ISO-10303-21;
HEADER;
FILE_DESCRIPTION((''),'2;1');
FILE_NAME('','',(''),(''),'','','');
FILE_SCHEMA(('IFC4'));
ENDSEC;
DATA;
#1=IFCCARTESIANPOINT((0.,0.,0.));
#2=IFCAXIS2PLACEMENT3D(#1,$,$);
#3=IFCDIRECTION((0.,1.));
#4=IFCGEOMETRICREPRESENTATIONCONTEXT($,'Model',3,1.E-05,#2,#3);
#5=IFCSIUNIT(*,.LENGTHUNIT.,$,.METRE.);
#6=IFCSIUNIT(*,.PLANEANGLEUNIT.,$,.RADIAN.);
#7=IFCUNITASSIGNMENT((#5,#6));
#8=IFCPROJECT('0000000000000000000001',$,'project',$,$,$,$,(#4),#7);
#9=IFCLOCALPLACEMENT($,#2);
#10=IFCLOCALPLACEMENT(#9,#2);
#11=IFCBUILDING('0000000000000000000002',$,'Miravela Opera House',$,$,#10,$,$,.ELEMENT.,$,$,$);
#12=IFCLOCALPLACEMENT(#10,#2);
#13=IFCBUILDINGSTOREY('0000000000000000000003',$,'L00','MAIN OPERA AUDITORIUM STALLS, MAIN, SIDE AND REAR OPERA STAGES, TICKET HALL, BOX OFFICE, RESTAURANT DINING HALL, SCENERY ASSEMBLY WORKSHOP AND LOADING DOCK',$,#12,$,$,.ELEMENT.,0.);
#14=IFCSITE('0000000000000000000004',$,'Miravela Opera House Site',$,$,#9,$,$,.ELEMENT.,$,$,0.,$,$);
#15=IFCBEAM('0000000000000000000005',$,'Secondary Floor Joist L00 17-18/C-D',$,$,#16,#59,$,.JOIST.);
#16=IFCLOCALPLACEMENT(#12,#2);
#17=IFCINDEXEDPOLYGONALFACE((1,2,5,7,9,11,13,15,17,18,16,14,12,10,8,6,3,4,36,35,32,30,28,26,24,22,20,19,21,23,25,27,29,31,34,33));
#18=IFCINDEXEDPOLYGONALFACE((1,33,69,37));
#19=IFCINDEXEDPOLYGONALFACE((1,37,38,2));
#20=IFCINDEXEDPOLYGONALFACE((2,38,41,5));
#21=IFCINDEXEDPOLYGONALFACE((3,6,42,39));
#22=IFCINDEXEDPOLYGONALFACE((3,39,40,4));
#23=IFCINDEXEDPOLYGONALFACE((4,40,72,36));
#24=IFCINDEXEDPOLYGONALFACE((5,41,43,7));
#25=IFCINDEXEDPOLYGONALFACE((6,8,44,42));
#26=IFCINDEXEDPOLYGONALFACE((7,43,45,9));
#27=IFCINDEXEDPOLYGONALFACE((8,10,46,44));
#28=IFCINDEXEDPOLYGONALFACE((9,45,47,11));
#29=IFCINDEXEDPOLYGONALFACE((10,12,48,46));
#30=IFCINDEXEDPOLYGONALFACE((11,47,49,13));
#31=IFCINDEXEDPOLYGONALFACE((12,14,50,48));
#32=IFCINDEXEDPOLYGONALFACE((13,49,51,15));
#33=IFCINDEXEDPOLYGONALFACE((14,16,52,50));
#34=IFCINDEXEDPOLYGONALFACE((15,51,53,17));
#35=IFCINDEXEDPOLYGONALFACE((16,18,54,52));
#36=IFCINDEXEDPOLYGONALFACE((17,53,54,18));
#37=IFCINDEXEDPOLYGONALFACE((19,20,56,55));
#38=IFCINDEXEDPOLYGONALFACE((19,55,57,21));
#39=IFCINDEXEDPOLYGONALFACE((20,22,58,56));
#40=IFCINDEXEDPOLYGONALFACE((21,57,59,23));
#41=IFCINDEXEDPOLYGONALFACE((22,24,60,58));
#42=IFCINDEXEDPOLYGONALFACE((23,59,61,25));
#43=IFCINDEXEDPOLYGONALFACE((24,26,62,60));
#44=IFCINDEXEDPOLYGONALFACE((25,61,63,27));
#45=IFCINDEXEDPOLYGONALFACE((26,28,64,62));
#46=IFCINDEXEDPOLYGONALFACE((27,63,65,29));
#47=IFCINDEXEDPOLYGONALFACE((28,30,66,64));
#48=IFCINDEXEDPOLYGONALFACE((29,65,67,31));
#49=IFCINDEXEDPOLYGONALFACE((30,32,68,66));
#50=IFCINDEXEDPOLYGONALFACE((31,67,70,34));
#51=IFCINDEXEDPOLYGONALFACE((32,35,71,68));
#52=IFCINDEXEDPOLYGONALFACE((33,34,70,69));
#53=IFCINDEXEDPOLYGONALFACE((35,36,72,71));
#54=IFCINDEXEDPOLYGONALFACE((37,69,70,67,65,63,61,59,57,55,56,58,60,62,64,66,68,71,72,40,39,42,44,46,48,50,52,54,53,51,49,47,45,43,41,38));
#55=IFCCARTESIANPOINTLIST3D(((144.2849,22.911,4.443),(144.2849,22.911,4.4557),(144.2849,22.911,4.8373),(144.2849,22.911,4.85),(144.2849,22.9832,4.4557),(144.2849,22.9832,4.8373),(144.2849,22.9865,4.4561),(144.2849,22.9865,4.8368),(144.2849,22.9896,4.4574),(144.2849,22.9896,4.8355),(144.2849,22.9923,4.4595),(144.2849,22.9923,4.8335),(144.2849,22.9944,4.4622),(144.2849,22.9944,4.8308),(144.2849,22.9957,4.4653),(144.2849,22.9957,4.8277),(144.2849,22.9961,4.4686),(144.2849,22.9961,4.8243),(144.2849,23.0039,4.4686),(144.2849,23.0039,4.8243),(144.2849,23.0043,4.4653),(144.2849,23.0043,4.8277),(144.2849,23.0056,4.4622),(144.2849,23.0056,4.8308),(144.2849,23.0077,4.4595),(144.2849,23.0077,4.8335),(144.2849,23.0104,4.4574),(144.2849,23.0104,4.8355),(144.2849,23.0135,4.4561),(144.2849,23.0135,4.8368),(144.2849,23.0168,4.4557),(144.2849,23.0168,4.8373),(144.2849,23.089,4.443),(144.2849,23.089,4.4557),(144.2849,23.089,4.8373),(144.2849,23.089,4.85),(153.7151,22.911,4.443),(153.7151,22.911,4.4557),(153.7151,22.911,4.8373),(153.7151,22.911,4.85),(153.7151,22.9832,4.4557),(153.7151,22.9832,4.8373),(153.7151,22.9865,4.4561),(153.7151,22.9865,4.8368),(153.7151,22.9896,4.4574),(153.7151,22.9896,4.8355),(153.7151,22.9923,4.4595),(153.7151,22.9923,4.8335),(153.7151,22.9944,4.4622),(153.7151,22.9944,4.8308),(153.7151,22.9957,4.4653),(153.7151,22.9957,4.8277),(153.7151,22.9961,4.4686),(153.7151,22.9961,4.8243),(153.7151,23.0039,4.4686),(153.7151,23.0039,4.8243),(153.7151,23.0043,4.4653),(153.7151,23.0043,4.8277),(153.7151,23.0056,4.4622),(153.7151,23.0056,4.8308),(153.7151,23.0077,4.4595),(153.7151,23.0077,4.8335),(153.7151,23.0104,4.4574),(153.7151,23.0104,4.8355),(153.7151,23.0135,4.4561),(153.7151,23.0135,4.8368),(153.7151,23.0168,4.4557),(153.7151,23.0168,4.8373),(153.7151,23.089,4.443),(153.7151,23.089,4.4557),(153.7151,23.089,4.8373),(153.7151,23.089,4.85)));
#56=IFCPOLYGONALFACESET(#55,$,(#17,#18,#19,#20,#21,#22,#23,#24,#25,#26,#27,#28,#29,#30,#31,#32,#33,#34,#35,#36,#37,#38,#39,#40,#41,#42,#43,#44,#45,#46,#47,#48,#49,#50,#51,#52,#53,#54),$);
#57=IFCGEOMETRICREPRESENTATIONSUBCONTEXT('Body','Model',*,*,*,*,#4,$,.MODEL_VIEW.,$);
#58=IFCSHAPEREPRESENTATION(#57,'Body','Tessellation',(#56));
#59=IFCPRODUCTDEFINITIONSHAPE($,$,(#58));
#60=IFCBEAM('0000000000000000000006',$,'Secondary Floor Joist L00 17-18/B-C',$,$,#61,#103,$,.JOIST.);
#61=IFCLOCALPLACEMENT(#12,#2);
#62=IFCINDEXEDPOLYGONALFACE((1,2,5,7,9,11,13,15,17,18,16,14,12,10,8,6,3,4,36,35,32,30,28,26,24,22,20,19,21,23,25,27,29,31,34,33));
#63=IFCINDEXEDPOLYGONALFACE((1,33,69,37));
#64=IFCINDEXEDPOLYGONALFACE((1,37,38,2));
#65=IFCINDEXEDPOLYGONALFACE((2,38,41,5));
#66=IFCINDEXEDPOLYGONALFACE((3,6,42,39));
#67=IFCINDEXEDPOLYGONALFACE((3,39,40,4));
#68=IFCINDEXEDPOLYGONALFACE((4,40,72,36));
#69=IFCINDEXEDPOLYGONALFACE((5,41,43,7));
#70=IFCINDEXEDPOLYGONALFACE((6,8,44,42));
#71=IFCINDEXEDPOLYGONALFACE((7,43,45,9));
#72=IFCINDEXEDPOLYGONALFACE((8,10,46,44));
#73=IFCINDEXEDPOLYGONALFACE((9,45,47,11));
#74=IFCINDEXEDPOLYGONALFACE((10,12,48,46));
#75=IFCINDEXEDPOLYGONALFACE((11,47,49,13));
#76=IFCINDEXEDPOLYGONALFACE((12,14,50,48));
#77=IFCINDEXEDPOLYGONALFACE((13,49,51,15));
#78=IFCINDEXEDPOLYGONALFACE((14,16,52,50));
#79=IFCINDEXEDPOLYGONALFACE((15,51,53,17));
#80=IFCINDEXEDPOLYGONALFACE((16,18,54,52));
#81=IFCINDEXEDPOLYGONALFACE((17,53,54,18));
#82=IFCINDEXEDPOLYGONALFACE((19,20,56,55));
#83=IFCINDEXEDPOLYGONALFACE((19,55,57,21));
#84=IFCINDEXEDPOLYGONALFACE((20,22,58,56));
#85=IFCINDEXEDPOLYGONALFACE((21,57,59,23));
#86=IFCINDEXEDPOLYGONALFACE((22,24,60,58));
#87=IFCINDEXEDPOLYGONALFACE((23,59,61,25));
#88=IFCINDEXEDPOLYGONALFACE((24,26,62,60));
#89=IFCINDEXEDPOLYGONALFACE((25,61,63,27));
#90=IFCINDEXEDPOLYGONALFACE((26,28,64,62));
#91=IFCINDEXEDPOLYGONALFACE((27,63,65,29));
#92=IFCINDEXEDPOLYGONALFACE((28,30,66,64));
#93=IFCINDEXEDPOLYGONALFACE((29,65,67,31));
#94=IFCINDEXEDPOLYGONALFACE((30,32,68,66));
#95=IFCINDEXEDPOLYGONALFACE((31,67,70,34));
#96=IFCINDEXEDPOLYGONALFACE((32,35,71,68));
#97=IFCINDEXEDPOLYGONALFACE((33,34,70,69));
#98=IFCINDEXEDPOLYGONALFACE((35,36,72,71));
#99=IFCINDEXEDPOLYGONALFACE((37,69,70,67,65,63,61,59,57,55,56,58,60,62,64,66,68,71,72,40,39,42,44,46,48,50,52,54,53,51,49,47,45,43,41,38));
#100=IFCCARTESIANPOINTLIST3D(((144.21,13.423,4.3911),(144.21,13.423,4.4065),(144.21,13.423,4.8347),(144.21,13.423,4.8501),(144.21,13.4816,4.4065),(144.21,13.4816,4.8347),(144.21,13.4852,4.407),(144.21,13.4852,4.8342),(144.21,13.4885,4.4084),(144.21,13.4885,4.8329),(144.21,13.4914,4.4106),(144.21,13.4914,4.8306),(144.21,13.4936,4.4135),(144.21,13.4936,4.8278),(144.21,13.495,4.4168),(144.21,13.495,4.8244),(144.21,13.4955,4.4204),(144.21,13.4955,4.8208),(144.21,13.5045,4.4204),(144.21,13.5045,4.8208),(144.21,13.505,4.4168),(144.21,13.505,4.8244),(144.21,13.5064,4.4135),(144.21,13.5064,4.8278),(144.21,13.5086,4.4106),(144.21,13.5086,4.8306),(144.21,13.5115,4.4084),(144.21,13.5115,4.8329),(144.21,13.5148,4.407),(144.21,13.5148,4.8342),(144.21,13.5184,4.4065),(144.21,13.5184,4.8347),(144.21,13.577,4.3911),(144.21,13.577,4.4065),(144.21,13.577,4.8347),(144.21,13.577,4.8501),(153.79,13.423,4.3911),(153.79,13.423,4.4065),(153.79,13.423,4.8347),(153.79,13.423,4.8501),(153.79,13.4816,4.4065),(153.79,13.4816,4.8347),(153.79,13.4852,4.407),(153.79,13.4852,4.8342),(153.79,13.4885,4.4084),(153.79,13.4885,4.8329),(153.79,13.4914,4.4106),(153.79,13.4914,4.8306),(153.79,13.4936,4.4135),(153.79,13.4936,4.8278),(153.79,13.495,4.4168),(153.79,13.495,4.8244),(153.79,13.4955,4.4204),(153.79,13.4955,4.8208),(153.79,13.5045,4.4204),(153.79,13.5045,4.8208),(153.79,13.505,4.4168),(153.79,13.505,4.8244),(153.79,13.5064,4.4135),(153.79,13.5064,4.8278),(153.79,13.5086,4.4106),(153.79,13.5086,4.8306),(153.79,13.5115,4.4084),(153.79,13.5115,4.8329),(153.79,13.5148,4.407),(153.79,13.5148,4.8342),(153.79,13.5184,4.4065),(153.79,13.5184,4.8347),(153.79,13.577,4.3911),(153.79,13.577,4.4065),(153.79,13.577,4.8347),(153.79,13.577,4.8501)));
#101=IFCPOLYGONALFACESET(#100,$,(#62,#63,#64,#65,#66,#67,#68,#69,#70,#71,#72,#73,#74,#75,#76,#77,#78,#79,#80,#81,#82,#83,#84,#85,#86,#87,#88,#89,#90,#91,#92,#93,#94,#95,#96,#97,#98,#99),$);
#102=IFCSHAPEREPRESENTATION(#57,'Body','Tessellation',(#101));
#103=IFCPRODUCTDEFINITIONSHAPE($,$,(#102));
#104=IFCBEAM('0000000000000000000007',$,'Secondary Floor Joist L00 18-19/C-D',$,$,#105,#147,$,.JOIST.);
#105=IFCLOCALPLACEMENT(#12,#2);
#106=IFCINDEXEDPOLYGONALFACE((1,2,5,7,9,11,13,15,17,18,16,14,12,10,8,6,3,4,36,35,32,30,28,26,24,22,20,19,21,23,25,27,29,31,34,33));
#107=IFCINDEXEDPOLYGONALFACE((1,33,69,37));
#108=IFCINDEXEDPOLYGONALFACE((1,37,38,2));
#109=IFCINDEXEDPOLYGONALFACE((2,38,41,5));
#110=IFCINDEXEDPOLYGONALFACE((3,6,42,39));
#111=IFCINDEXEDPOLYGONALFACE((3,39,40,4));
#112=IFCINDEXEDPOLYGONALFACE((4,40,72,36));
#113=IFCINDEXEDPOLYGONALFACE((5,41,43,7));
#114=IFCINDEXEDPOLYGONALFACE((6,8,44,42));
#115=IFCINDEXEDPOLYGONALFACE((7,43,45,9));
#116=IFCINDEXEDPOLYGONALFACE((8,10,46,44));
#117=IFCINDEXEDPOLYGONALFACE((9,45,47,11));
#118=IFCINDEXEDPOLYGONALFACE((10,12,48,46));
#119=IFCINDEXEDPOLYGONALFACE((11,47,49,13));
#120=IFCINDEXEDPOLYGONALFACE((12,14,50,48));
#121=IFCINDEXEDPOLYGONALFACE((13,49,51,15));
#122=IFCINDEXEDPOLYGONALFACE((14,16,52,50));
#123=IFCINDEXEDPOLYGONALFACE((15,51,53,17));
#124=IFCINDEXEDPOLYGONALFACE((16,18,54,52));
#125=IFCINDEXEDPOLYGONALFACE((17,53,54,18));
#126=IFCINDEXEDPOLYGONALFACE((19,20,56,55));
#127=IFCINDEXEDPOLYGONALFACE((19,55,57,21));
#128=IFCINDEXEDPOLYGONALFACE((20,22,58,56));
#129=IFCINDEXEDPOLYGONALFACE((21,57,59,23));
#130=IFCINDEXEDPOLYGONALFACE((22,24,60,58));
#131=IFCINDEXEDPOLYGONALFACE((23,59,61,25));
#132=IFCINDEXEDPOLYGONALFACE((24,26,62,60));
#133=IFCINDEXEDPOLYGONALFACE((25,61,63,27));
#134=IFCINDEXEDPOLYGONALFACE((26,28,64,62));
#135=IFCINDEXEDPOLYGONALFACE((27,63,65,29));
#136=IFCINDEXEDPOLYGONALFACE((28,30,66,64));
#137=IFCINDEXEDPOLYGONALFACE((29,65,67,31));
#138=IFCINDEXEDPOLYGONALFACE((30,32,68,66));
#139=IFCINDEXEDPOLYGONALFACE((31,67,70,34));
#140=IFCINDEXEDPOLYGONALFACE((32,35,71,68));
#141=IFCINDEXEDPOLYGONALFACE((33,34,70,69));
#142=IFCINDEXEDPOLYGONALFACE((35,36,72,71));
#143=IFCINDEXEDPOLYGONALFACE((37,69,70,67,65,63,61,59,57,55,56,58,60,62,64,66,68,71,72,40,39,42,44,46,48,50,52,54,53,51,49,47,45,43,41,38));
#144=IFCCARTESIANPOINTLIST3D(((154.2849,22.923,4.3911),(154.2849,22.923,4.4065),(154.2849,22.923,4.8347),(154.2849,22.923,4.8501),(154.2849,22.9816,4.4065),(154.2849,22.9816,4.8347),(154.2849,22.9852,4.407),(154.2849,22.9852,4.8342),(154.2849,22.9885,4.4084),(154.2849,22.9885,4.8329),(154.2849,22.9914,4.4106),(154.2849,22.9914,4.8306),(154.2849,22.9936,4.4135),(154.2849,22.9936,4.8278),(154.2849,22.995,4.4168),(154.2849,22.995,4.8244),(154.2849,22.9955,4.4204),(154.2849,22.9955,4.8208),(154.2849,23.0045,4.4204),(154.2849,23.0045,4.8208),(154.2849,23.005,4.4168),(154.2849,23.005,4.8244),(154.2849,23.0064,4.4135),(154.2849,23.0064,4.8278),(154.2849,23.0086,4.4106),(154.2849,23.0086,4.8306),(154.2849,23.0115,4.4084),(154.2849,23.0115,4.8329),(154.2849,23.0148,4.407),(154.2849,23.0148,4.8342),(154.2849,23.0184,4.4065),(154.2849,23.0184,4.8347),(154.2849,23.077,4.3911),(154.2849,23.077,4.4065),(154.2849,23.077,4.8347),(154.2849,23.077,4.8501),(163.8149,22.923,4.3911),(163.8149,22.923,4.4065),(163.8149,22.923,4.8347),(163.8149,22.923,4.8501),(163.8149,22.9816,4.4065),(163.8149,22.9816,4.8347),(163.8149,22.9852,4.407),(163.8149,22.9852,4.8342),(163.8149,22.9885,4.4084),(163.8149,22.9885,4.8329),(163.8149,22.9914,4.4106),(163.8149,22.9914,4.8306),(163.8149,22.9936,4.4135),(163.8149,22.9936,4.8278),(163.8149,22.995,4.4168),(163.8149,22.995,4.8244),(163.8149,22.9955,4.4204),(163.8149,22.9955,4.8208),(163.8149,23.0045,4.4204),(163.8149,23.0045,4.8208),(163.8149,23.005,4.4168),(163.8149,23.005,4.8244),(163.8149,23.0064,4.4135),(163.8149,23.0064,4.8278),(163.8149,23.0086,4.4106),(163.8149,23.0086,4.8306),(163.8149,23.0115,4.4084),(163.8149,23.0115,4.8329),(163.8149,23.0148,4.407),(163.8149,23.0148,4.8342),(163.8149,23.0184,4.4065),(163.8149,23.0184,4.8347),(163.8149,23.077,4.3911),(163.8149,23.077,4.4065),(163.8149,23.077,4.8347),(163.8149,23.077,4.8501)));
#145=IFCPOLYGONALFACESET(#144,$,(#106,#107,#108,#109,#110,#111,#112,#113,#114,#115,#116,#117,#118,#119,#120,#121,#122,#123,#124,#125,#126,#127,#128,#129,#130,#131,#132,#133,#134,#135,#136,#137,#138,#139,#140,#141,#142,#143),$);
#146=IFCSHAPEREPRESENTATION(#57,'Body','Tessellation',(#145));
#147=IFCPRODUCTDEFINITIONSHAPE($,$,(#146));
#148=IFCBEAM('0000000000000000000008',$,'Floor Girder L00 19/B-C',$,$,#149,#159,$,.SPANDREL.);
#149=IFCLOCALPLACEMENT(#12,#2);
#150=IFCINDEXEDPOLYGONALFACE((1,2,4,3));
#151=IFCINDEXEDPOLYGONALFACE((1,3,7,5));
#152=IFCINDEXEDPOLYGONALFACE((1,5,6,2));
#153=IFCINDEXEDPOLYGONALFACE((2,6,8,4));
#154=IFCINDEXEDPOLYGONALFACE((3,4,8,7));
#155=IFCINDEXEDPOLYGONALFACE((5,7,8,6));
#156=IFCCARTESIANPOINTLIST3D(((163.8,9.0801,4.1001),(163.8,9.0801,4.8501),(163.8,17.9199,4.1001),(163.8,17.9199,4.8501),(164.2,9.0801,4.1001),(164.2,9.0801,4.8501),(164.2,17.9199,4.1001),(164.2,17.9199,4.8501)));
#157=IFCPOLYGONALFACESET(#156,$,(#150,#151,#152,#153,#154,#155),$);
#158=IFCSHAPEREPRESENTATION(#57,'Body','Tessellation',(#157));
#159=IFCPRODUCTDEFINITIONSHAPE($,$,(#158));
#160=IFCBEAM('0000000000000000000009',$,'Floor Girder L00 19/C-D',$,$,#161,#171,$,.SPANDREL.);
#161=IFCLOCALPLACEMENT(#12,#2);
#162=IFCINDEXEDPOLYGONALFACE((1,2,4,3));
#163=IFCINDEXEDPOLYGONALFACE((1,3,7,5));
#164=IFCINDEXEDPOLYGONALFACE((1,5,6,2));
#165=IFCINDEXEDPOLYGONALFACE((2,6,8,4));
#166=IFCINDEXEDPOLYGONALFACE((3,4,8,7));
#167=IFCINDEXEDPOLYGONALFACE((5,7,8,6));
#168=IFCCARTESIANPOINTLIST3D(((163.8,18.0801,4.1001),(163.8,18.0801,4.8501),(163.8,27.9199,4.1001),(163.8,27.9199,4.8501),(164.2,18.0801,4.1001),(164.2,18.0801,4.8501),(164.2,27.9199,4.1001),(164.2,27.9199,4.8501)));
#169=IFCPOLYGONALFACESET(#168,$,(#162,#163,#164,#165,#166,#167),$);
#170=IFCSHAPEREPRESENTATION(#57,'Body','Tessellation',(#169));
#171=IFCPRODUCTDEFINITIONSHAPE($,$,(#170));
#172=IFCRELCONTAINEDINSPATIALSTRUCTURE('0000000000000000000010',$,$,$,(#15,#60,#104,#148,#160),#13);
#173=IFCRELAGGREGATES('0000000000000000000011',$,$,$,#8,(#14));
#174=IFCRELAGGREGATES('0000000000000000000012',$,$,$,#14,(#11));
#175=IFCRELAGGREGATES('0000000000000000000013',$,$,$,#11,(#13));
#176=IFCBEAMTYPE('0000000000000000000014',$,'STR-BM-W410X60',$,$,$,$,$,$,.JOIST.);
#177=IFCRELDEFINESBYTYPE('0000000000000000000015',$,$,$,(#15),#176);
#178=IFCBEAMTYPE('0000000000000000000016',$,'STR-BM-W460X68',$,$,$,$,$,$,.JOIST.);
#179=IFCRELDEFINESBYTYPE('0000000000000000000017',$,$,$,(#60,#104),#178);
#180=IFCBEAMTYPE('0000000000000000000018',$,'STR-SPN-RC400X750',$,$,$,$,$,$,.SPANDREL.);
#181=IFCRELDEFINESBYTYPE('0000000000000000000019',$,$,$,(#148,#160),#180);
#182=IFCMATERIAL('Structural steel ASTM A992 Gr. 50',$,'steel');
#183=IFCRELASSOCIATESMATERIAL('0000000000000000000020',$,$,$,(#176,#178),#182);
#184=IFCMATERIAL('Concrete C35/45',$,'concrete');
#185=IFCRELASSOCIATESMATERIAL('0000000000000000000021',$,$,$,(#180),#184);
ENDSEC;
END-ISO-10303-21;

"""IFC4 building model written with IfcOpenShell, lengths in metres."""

from ifc_helpers import new_model, si_unit, direction, frame, origin, origin_2d, place, context, subcontext, project, spatial, rectangle, i_section, extrude, material, material_profile, profile_set, type_object, element, save


model = new_model("IFC4")

# Units and contexts
model_context = context("Model", 3, precision=1e-05, world=origin(), true_north=direction((0.0, 1.0)))
body_context = subcontext(model_context, "Body", "Model", "MODEL_VIEW")
ifc_project = project(units=[si_unit("LENGTHUNIT", "METRE"), si_unit("PLANEANGLEUNIT", "RADIAN")], contexts=[model_context])

# Site, building, storey
site_placement = place(None, origin())
site = spatial("IfcSite", under=ifc_project, at=site_placement, Name="Miravela Opera House Site", CompositionType="ELEMENT", RefElevation=0.0)
building_placement = place(site_placement, origin())
building = spatial("IfcBuilding", under=site, at=building_placement, Name="Miravela Opera House", CompositionType="ELEMENT")
storey_placement = place(building_placement, origin())
storey = spatial("IfcBuildingStorey", under=building, at=storey_placement, Name="L00", Description="MAIN OPERA AUDITORIUM STALLS, MAIN, SIDE AND REAR OPERA STAGES, TICKET HALL, BOX OFFICE, RESTAURANT DINING HALL, SCENERY ASSEMBLY WORKSHOP AND LOADING DOCK", CompositionType="ELEMENT", Elevation=0.0)

# Shared definitions
ifc_material_1 = material(Name="Concrete C35/45", Category="concrete")

# Beams
ifc_material_2 = material(Name="Structural steel ASTM A992 Gr. 50", Category="steel")
ifc_material_profile_1 = material_profile(ifc_material_2, i_section(OverallWidth=0.178, OverallDepth=0.407, WebThickness=0.0078, FlangeThickness=0.0127, FilletRadius=0.0129, at=origin_2d()), Name="W410X60")
ifc_profile_set_1 = profile_set([ifc_material_profile_1])
beam_type_1 = type_object("IfcBeamType", Name="STR-BM-W410X60", PredefinedType="JOIST", material=ifc_profile_set_1)
beam_1_placement = place(storey_placement, frame((144.2849, 23.0, 4.6465), z_axis=(1.0, 0.0, 0.0), x_axis=(0.0, 1.0, 0.0)))
element("IfcBeam", 1, at=beam_1_placement, inside=storey, type_object=beam_type_1, Name="Secondary Floor Joist L00 17-18/C-D", PredefinedType="JOIST", context=body_context, shape_type="SweptSolid", body=[
    extrude(i_section(OverallWidth=0.178, OverallDepth=0.407, WebThickness=0.0078, FlangeThickness=0.0127, FilletRadius=0.0129, at=origin_2d()), origin(), (0.0, 0.0, 1.0), 9.4302),
])
ifc_material_profile_2 = material_profile(ifc_material_2, i_section(OverallWidth=0.1541, OverallDepth=0.459, WebThickness=0.009, FlangeThickness=0.0154, FilletRadius=0.0139, at=origin_2d()), Name="W460X68")
ifc_profile_set_2 = profile_set([ifc_material_profile_2])
beam_type_2 = type_object("IfcBeamType", Name="STR-BM-W460X68", PredefinedType="JOIST", material=ifc_profile_set_2)
beam_2_placement = place(storey_placement, frame((144.21, 13.5, 4.6206), z_axis=(1.0, 0.0, 0.0), x_axis=(0.0, 1.0, 0.0)))
element("IfcBeam", 2, at=beam_2_placement, inside=storey, type_object=beam_type_2, Name="Secondary Floor Joist L00 17-18/B-C", PredefinedType="JOIST", context=body_context, shape_type="SweptSolid", body=[
    extrude(i_section(OverallWidth=0.1541, OverallDepth=0.459, WebThickness=0.009, FlangeThickness=0.0154, FilletRadius=0.0139, at=origin_2d()), origin(), (0.0, 0.0, 1.0), 9.5801),
])
beam_3_placement = place(storey_placement, frame((154.2849, 23.0, 4.6206), z_axis=(1.0, 0.0, 0.0), x_axis=(0.0, 1.0, 0.0)))
element("IfcBeam", 3, at=beam_3_placement, inside=storey, type_object=beam_type_2, Name="Secondary Floor Joist L00 18-19/C-D", PredefinedType="JOIST", context=body_context, shape_type="SweptSolid", body=[
    extrude(i_section(OverallWidth=0.1541, OverallDepth=0.459, WebThickness=0.009, FlangeThickness=0.0154, FilletRadius=0.0139, at=origin_2d()), origin(), (0.0, 0.0, 1.0), 9.53),
])
ifc_material_profile_3 = material_profile(ifc_material_1, rectangle(XDim=0.3999, YDim=0.75, at=origin_2d()), Name="RC-SPN-400X750")
ifc_profile_set_3 = profile_set([ifc_material_profile_3])
beam_type_3 = type_object("IfcBeamType", Name="STR-SPN-RC400X750", PredefinedType="SPANDREL", material=ifc_profile_set_3)
beam_4_placement = place(storey_placement, frame((164.0, 9.0801, 4.4751), z_axis=(0.0, 1.0, 0.0), x_axis=(-1.0, 0.0, 0.0)))
element("IfcBeam", 4, at=beam_4_placement, inside=storey, type_object=beam_type_3, Name="Floor Girder L00 19/B-C", PredefinedType="SPANDREL", context=body_context, shape_type="SweptSolid", body=[
    extrude(rectangle(XDim=0.3999, YDim=0.75, at=origin_2d()), origin(), (0.0, 0.0, 1.0), 8.8398),
])
beam_5_placement = place(storey_placement, frame((164.0, 18.0801, 4.4751), z_axis=(0.0, 1.0, 0.0), x_axis=(-1.0, 0.0, 0.0)))
element("IfcBeam", 5, at=beam_5_placement, inside=storey, type_object=beam_type_3, Name="Floor Girder L00 19/C-D", PredefinedType="SPANDREL", context=body_context, shape_type="SweptSolid", body=[
    extrude(rectangle(XDim=0.3999, YDim=0.75, at=origin_2d()), origin(), (0.0, 0.0, 1.0), 9.8398),
])

save(model, "model.ifc")
